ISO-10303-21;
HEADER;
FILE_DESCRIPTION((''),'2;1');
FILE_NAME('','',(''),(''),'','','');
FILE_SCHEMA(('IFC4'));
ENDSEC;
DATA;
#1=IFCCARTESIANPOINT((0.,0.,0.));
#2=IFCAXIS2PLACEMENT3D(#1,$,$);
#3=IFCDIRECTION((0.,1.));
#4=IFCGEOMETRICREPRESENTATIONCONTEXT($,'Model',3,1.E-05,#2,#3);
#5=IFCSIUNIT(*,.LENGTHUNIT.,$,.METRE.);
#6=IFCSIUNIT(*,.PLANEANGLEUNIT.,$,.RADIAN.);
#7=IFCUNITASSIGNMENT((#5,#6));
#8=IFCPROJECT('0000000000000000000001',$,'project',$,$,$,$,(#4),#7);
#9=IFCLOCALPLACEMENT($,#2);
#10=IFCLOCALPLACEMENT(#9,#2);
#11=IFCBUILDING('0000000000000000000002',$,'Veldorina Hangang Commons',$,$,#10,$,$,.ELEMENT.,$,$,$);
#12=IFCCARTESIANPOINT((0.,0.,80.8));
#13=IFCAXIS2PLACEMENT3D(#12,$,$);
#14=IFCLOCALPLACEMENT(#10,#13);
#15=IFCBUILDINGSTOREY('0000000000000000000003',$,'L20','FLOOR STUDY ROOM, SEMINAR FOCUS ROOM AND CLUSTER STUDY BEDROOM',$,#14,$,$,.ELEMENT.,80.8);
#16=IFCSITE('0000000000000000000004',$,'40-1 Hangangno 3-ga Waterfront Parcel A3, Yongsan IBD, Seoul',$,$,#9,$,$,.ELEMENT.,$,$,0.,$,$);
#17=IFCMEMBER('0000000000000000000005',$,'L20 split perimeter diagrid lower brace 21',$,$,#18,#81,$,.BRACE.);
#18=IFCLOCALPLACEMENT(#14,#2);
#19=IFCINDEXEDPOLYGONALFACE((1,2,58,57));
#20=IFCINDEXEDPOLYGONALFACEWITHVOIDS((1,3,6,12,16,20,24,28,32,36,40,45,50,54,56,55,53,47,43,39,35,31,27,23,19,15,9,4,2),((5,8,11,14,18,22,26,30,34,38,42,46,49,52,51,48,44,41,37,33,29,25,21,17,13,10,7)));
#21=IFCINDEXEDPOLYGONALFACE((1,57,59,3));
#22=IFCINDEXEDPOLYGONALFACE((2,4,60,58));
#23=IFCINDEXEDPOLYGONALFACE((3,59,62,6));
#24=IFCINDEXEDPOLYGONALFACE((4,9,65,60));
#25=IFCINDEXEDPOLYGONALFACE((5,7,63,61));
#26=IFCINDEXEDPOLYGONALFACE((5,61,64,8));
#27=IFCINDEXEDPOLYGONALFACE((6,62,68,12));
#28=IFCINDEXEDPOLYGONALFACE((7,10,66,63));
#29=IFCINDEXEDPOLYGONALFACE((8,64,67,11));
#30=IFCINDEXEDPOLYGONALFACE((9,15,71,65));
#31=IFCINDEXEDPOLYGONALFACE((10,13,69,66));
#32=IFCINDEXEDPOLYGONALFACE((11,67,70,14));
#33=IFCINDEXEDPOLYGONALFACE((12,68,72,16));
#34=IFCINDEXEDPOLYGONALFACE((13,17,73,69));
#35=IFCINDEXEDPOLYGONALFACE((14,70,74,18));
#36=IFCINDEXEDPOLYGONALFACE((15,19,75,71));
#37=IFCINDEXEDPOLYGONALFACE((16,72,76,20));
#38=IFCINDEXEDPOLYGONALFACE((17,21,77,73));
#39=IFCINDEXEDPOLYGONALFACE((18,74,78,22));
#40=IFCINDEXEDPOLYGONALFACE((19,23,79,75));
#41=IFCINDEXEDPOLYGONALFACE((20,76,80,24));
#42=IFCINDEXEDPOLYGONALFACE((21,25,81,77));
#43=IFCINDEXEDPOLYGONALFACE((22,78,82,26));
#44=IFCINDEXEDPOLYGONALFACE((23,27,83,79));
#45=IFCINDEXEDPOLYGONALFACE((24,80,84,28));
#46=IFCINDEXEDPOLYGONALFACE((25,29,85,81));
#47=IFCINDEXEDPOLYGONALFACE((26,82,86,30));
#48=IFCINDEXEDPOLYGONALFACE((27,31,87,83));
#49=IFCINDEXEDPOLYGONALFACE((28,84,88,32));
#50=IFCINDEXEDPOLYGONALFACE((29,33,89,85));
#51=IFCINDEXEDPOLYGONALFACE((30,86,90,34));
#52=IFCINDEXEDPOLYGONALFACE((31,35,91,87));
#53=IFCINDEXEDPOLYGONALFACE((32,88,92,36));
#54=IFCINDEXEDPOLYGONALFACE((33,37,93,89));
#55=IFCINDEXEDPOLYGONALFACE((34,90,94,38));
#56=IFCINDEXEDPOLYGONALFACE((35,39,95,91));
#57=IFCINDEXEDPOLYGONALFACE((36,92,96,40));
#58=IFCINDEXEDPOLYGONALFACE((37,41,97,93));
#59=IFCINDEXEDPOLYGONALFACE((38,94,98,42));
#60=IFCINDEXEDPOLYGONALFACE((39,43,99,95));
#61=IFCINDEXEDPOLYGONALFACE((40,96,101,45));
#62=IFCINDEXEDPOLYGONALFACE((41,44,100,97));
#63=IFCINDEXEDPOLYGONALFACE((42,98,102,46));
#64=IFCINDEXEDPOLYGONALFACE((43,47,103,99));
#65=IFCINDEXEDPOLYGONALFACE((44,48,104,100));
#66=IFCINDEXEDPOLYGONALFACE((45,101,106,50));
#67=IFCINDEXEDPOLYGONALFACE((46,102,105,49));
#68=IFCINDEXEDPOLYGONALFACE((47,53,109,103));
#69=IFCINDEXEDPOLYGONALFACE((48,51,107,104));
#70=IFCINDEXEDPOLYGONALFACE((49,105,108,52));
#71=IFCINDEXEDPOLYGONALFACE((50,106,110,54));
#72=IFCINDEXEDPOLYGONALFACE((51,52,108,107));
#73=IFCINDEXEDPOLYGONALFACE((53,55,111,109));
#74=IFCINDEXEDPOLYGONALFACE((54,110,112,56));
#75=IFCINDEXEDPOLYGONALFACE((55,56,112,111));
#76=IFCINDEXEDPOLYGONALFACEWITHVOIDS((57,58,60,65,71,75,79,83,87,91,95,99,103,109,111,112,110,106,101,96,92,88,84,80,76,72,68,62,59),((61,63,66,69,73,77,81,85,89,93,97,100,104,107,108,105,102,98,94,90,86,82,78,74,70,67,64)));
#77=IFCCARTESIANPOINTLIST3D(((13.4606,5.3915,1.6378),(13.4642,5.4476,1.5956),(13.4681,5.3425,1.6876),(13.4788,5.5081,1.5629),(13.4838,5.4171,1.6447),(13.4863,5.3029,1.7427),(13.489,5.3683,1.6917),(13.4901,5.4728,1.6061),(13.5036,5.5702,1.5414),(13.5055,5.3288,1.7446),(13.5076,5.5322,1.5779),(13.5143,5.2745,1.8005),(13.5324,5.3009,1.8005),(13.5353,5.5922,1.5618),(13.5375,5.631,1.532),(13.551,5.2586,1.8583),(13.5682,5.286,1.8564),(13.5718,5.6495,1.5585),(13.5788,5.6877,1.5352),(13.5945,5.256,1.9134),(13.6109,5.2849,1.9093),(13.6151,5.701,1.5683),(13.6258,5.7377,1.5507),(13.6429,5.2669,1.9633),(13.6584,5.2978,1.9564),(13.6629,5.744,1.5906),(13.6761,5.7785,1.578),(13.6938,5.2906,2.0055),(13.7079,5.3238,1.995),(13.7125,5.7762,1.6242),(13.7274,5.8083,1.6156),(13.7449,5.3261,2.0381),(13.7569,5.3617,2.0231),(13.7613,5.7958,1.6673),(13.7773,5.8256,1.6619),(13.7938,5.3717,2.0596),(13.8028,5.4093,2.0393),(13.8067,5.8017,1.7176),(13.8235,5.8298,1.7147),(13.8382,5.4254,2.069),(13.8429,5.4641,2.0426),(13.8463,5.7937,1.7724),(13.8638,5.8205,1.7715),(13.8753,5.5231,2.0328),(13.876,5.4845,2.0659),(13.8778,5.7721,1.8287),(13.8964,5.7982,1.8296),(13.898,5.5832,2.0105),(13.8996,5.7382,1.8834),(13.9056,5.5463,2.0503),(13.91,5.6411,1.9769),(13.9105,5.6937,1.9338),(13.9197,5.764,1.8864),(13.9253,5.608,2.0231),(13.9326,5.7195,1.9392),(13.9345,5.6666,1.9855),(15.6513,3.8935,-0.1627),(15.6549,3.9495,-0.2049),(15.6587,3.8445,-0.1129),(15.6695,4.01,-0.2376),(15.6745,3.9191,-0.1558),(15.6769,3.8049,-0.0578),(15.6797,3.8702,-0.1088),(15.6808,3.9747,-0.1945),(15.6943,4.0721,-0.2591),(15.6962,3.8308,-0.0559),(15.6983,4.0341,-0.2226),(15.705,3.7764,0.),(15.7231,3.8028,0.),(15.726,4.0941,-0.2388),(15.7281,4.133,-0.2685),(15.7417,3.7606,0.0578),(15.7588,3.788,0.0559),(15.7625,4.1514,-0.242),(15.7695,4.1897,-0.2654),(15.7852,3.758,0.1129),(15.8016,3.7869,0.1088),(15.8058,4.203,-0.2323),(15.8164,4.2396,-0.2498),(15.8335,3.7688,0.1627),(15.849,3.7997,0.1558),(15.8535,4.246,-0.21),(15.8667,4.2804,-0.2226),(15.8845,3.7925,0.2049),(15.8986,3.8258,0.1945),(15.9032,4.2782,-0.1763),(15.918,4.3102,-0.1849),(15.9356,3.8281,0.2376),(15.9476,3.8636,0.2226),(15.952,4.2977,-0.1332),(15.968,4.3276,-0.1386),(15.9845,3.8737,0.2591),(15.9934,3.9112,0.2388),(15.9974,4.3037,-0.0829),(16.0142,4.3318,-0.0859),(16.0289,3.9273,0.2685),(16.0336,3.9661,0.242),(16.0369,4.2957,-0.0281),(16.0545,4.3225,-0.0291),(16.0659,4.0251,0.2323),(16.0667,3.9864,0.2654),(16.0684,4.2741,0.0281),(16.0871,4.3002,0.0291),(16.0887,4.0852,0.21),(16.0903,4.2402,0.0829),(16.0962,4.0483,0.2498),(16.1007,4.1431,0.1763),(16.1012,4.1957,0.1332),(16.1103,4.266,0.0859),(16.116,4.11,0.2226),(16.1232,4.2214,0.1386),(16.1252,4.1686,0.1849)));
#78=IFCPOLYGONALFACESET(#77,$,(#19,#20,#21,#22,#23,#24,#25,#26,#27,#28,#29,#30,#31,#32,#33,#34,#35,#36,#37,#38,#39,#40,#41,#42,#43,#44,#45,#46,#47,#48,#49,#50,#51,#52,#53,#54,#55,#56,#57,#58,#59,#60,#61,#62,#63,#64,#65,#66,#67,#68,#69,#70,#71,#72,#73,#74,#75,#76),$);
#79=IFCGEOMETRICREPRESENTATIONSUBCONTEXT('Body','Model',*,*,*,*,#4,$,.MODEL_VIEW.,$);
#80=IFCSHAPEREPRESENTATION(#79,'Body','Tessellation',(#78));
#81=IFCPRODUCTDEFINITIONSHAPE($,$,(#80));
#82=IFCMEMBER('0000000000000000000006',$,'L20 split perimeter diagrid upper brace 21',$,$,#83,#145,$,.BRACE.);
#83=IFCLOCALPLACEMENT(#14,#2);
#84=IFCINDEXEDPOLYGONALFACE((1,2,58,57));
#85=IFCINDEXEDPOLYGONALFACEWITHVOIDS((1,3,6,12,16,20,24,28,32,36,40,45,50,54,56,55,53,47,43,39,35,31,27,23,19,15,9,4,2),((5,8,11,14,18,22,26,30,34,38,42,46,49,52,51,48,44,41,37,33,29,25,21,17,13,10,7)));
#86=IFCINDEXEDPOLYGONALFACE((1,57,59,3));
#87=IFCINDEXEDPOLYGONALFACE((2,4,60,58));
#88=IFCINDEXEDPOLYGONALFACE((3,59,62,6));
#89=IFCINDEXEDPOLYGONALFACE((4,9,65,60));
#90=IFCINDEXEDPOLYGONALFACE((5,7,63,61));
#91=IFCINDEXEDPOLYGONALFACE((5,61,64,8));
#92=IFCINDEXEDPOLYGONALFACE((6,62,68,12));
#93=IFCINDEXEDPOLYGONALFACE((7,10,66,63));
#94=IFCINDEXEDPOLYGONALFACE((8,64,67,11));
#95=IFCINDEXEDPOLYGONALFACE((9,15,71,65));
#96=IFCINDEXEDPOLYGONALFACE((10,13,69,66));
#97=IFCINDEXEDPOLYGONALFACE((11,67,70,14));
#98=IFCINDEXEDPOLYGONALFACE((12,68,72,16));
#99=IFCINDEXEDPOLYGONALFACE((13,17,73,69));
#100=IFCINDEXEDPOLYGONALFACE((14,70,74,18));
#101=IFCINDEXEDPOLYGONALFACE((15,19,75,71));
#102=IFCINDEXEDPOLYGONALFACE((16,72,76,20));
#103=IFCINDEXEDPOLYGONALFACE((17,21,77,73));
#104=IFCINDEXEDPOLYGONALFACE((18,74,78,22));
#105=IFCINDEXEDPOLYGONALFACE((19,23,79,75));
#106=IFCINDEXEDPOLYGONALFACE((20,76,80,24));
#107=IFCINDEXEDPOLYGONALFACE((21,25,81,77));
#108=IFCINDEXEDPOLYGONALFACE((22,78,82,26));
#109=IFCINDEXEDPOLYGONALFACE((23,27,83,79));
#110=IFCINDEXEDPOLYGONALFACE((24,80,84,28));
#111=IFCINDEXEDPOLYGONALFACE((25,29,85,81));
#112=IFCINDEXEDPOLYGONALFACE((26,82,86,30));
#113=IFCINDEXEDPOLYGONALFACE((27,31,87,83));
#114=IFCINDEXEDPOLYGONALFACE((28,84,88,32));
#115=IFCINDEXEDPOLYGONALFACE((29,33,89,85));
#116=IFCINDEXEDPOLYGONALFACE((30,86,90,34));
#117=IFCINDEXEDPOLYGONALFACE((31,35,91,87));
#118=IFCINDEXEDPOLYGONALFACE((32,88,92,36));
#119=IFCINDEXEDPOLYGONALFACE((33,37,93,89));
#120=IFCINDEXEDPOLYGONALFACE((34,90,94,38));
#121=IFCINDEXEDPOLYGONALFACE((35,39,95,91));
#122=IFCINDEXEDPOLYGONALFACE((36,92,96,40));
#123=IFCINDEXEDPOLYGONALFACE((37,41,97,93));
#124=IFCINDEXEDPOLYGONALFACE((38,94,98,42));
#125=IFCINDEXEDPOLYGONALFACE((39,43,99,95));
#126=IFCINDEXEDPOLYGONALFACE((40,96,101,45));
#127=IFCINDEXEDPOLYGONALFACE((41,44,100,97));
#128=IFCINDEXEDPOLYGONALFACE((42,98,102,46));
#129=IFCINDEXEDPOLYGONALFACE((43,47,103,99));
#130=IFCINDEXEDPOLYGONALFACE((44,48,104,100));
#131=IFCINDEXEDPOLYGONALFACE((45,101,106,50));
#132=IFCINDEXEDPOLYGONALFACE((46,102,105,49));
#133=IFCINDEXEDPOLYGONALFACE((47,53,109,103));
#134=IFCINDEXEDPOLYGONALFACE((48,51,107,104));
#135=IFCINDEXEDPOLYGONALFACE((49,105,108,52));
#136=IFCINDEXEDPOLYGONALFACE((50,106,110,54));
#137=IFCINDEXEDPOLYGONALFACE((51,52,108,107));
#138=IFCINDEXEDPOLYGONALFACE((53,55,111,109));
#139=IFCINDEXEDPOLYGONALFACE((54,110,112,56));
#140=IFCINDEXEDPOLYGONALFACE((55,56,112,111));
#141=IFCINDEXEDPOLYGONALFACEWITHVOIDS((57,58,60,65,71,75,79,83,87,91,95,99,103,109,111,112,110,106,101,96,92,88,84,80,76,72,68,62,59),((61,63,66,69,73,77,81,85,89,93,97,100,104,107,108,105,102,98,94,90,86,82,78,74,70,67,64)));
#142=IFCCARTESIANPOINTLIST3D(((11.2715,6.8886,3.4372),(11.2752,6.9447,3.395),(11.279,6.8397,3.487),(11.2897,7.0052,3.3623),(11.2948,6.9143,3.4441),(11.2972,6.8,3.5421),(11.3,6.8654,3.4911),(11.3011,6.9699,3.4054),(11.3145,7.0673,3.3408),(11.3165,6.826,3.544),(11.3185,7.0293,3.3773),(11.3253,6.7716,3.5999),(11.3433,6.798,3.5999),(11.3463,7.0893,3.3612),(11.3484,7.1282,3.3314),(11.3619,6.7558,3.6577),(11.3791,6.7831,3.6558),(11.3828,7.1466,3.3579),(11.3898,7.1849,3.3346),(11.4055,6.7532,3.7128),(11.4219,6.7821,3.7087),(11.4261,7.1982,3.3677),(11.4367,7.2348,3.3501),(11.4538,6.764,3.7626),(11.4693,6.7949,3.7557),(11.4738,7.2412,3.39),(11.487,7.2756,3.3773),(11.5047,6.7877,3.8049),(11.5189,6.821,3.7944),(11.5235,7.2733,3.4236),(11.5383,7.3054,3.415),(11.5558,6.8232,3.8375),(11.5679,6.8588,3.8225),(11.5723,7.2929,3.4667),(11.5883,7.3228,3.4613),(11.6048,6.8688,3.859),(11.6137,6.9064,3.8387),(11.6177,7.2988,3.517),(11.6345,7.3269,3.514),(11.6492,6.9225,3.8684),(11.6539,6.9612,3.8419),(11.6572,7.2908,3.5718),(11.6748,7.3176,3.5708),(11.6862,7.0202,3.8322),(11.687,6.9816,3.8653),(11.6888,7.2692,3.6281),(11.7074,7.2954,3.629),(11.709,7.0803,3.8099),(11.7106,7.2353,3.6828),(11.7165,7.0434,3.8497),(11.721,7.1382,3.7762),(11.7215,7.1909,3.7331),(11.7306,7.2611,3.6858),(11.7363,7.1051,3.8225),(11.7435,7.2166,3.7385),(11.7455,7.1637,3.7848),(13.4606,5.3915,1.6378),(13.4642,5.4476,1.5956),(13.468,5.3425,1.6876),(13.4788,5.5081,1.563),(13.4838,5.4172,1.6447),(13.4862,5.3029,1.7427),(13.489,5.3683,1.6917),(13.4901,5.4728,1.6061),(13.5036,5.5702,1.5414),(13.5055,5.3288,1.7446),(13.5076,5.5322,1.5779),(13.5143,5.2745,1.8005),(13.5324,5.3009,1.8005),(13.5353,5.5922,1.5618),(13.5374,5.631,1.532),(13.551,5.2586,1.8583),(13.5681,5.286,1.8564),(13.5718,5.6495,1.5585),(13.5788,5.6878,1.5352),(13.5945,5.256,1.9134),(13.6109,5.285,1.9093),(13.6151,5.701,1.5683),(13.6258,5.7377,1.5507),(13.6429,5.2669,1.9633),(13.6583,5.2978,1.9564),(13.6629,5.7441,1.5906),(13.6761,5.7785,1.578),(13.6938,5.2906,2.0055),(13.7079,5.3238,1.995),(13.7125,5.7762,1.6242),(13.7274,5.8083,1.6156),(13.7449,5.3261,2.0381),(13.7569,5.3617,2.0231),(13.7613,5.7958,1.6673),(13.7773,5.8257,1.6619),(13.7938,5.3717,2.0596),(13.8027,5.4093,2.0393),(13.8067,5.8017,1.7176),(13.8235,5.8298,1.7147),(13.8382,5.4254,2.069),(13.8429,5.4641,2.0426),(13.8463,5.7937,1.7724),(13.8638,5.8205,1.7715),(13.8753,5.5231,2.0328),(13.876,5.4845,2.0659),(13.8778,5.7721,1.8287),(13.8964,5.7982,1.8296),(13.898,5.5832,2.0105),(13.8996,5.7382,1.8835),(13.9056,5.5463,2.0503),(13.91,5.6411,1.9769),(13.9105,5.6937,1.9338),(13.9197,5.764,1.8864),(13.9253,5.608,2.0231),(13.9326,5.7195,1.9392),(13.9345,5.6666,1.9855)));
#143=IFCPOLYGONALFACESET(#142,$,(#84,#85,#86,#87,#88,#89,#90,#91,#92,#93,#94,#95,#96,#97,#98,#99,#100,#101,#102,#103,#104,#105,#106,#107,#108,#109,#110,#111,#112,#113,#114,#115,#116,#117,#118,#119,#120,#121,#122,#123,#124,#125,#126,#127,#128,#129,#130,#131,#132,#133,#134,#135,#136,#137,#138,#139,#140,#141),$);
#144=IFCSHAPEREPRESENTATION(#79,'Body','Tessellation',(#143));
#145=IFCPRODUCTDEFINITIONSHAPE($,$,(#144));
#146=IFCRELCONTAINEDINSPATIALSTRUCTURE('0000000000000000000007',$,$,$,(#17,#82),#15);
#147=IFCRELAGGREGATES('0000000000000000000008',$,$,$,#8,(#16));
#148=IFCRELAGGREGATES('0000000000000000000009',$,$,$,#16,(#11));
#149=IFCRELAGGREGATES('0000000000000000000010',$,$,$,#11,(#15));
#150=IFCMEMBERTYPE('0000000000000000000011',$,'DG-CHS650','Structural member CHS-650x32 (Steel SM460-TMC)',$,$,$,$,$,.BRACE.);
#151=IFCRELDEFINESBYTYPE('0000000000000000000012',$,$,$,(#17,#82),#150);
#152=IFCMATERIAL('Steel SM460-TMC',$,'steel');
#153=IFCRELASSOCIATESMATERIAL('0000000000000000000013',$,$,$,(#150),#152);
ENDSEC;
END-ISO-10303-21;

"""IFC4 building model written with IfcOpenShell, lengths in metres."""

from ifc_helpers import new_model, si_unit, direction, frame, origin, origin_2d, place, context, subcontext, project, spatial, hollow_circle, extrude, material, material_profile, profile_set, type_object, element, save


model = new_model("IFC4")

# Units and contexts
model_context = context("Model", 3, precision=1e-05, world=origin(), true_north=direction((0.0, 1.0)))
body_context = subcontext(model_context, "Body", "Model", "MODEL_VIEW")
ifc_project = project(units=[si_unit("LENGTHUNIT", "METRE"), si_unit("PLANEANGLEUNIT", "RADIAN")], contexts=[model_context])

# Site, building, storey
site_placement = place(None, origin())
site = spatial("IfcSite", under=ifc_project, at=site_placement, Name="40-1 Hangangno 3-ga Waterfront Parcel A3, Yongsan IBD, Seoul", CompositionType="ELEMENT", RefElevation=0.0)
building_placement = place(site_placement, origin())
building = spatial("IfcBuilding", under=site, at=building_placement, Name="Veldorina Hangang Commons", CompositionType="ELEMENT")
storey_placement = place(building_placement, frame((0.0, 0.0, 80.8)))
storey = spatial("IfcBuildingStorey", under=building, at=storey_placement, Name="L20", Description="FLOOR STUDY ROOM, SEMINAR FOCUS ROOM AND CLUSTER STUDY BEDROOM", CompositionType="ELEMENT", Elevation=80.8)

# Members
ifc_material_1 = material(Name="Steel SM460-TMC", Category="steel")
ifc_material_profile_1 = material_profile(ifc_material_1, hollow_circle(Radius=0.325, WallThickness=0.032, at=origin_2d()), Name="CHS-650x32")
ifc_profile_set_1 = profile_set([ifc_material_profile_1], Name="Steel SM460-TMC")
member_type_1 = type_object("IfcMemberType", Name="DG-CHS650", Description="Structural member CHS-650x32 (Steel SM460-TMC)", PredefinedType="BRACE", material=ifc_profile_set_1)
member_1_placement = place(storey_placement, frame((15.8884, 4.0447, 0.0), z_axis=(-0.683082, 0.467111, 0.561432), x_axis=(-0.56447, -0.825454, 0.0)))
element("IfcMember", 1, at=member_1_placement, inside=storey, type_object=member_type_1, Name="L20 split perimeter diagrid lower brace 21", PredefinedType="BRACE", context=body_context, shape_type="SweptSolid", body=[
    extrude(hollow_circle(Radius=0.325, WallThickness=0.032, at=origin_2d()), origin(), (0.0, 0.0, 1.0), 3.207),
])
member_2_placement = place(storey_placement, frame((13.6978, 5.5427, 1.8005), z_axis=(-0.683041, 0.467143, 0.561456), x_axis=(-0.564519, -0.82542, 0.0)))
element("IfcMember", 2, at=member_2_placement, inside=storey, type_object=member_type_1, Name="L20 split perimeter diagrid upper brace 21", PredefinedType="BRACE", context=body_context, shape_type="SweptSolid", body=[
    extrude(hollow_circle(Radius=0.325, WallThickness=0.032, at=origin_2d()), origin(), (0.0, 0.0, 1.0), 3.2048),
])

save(model, "model.ifc")
